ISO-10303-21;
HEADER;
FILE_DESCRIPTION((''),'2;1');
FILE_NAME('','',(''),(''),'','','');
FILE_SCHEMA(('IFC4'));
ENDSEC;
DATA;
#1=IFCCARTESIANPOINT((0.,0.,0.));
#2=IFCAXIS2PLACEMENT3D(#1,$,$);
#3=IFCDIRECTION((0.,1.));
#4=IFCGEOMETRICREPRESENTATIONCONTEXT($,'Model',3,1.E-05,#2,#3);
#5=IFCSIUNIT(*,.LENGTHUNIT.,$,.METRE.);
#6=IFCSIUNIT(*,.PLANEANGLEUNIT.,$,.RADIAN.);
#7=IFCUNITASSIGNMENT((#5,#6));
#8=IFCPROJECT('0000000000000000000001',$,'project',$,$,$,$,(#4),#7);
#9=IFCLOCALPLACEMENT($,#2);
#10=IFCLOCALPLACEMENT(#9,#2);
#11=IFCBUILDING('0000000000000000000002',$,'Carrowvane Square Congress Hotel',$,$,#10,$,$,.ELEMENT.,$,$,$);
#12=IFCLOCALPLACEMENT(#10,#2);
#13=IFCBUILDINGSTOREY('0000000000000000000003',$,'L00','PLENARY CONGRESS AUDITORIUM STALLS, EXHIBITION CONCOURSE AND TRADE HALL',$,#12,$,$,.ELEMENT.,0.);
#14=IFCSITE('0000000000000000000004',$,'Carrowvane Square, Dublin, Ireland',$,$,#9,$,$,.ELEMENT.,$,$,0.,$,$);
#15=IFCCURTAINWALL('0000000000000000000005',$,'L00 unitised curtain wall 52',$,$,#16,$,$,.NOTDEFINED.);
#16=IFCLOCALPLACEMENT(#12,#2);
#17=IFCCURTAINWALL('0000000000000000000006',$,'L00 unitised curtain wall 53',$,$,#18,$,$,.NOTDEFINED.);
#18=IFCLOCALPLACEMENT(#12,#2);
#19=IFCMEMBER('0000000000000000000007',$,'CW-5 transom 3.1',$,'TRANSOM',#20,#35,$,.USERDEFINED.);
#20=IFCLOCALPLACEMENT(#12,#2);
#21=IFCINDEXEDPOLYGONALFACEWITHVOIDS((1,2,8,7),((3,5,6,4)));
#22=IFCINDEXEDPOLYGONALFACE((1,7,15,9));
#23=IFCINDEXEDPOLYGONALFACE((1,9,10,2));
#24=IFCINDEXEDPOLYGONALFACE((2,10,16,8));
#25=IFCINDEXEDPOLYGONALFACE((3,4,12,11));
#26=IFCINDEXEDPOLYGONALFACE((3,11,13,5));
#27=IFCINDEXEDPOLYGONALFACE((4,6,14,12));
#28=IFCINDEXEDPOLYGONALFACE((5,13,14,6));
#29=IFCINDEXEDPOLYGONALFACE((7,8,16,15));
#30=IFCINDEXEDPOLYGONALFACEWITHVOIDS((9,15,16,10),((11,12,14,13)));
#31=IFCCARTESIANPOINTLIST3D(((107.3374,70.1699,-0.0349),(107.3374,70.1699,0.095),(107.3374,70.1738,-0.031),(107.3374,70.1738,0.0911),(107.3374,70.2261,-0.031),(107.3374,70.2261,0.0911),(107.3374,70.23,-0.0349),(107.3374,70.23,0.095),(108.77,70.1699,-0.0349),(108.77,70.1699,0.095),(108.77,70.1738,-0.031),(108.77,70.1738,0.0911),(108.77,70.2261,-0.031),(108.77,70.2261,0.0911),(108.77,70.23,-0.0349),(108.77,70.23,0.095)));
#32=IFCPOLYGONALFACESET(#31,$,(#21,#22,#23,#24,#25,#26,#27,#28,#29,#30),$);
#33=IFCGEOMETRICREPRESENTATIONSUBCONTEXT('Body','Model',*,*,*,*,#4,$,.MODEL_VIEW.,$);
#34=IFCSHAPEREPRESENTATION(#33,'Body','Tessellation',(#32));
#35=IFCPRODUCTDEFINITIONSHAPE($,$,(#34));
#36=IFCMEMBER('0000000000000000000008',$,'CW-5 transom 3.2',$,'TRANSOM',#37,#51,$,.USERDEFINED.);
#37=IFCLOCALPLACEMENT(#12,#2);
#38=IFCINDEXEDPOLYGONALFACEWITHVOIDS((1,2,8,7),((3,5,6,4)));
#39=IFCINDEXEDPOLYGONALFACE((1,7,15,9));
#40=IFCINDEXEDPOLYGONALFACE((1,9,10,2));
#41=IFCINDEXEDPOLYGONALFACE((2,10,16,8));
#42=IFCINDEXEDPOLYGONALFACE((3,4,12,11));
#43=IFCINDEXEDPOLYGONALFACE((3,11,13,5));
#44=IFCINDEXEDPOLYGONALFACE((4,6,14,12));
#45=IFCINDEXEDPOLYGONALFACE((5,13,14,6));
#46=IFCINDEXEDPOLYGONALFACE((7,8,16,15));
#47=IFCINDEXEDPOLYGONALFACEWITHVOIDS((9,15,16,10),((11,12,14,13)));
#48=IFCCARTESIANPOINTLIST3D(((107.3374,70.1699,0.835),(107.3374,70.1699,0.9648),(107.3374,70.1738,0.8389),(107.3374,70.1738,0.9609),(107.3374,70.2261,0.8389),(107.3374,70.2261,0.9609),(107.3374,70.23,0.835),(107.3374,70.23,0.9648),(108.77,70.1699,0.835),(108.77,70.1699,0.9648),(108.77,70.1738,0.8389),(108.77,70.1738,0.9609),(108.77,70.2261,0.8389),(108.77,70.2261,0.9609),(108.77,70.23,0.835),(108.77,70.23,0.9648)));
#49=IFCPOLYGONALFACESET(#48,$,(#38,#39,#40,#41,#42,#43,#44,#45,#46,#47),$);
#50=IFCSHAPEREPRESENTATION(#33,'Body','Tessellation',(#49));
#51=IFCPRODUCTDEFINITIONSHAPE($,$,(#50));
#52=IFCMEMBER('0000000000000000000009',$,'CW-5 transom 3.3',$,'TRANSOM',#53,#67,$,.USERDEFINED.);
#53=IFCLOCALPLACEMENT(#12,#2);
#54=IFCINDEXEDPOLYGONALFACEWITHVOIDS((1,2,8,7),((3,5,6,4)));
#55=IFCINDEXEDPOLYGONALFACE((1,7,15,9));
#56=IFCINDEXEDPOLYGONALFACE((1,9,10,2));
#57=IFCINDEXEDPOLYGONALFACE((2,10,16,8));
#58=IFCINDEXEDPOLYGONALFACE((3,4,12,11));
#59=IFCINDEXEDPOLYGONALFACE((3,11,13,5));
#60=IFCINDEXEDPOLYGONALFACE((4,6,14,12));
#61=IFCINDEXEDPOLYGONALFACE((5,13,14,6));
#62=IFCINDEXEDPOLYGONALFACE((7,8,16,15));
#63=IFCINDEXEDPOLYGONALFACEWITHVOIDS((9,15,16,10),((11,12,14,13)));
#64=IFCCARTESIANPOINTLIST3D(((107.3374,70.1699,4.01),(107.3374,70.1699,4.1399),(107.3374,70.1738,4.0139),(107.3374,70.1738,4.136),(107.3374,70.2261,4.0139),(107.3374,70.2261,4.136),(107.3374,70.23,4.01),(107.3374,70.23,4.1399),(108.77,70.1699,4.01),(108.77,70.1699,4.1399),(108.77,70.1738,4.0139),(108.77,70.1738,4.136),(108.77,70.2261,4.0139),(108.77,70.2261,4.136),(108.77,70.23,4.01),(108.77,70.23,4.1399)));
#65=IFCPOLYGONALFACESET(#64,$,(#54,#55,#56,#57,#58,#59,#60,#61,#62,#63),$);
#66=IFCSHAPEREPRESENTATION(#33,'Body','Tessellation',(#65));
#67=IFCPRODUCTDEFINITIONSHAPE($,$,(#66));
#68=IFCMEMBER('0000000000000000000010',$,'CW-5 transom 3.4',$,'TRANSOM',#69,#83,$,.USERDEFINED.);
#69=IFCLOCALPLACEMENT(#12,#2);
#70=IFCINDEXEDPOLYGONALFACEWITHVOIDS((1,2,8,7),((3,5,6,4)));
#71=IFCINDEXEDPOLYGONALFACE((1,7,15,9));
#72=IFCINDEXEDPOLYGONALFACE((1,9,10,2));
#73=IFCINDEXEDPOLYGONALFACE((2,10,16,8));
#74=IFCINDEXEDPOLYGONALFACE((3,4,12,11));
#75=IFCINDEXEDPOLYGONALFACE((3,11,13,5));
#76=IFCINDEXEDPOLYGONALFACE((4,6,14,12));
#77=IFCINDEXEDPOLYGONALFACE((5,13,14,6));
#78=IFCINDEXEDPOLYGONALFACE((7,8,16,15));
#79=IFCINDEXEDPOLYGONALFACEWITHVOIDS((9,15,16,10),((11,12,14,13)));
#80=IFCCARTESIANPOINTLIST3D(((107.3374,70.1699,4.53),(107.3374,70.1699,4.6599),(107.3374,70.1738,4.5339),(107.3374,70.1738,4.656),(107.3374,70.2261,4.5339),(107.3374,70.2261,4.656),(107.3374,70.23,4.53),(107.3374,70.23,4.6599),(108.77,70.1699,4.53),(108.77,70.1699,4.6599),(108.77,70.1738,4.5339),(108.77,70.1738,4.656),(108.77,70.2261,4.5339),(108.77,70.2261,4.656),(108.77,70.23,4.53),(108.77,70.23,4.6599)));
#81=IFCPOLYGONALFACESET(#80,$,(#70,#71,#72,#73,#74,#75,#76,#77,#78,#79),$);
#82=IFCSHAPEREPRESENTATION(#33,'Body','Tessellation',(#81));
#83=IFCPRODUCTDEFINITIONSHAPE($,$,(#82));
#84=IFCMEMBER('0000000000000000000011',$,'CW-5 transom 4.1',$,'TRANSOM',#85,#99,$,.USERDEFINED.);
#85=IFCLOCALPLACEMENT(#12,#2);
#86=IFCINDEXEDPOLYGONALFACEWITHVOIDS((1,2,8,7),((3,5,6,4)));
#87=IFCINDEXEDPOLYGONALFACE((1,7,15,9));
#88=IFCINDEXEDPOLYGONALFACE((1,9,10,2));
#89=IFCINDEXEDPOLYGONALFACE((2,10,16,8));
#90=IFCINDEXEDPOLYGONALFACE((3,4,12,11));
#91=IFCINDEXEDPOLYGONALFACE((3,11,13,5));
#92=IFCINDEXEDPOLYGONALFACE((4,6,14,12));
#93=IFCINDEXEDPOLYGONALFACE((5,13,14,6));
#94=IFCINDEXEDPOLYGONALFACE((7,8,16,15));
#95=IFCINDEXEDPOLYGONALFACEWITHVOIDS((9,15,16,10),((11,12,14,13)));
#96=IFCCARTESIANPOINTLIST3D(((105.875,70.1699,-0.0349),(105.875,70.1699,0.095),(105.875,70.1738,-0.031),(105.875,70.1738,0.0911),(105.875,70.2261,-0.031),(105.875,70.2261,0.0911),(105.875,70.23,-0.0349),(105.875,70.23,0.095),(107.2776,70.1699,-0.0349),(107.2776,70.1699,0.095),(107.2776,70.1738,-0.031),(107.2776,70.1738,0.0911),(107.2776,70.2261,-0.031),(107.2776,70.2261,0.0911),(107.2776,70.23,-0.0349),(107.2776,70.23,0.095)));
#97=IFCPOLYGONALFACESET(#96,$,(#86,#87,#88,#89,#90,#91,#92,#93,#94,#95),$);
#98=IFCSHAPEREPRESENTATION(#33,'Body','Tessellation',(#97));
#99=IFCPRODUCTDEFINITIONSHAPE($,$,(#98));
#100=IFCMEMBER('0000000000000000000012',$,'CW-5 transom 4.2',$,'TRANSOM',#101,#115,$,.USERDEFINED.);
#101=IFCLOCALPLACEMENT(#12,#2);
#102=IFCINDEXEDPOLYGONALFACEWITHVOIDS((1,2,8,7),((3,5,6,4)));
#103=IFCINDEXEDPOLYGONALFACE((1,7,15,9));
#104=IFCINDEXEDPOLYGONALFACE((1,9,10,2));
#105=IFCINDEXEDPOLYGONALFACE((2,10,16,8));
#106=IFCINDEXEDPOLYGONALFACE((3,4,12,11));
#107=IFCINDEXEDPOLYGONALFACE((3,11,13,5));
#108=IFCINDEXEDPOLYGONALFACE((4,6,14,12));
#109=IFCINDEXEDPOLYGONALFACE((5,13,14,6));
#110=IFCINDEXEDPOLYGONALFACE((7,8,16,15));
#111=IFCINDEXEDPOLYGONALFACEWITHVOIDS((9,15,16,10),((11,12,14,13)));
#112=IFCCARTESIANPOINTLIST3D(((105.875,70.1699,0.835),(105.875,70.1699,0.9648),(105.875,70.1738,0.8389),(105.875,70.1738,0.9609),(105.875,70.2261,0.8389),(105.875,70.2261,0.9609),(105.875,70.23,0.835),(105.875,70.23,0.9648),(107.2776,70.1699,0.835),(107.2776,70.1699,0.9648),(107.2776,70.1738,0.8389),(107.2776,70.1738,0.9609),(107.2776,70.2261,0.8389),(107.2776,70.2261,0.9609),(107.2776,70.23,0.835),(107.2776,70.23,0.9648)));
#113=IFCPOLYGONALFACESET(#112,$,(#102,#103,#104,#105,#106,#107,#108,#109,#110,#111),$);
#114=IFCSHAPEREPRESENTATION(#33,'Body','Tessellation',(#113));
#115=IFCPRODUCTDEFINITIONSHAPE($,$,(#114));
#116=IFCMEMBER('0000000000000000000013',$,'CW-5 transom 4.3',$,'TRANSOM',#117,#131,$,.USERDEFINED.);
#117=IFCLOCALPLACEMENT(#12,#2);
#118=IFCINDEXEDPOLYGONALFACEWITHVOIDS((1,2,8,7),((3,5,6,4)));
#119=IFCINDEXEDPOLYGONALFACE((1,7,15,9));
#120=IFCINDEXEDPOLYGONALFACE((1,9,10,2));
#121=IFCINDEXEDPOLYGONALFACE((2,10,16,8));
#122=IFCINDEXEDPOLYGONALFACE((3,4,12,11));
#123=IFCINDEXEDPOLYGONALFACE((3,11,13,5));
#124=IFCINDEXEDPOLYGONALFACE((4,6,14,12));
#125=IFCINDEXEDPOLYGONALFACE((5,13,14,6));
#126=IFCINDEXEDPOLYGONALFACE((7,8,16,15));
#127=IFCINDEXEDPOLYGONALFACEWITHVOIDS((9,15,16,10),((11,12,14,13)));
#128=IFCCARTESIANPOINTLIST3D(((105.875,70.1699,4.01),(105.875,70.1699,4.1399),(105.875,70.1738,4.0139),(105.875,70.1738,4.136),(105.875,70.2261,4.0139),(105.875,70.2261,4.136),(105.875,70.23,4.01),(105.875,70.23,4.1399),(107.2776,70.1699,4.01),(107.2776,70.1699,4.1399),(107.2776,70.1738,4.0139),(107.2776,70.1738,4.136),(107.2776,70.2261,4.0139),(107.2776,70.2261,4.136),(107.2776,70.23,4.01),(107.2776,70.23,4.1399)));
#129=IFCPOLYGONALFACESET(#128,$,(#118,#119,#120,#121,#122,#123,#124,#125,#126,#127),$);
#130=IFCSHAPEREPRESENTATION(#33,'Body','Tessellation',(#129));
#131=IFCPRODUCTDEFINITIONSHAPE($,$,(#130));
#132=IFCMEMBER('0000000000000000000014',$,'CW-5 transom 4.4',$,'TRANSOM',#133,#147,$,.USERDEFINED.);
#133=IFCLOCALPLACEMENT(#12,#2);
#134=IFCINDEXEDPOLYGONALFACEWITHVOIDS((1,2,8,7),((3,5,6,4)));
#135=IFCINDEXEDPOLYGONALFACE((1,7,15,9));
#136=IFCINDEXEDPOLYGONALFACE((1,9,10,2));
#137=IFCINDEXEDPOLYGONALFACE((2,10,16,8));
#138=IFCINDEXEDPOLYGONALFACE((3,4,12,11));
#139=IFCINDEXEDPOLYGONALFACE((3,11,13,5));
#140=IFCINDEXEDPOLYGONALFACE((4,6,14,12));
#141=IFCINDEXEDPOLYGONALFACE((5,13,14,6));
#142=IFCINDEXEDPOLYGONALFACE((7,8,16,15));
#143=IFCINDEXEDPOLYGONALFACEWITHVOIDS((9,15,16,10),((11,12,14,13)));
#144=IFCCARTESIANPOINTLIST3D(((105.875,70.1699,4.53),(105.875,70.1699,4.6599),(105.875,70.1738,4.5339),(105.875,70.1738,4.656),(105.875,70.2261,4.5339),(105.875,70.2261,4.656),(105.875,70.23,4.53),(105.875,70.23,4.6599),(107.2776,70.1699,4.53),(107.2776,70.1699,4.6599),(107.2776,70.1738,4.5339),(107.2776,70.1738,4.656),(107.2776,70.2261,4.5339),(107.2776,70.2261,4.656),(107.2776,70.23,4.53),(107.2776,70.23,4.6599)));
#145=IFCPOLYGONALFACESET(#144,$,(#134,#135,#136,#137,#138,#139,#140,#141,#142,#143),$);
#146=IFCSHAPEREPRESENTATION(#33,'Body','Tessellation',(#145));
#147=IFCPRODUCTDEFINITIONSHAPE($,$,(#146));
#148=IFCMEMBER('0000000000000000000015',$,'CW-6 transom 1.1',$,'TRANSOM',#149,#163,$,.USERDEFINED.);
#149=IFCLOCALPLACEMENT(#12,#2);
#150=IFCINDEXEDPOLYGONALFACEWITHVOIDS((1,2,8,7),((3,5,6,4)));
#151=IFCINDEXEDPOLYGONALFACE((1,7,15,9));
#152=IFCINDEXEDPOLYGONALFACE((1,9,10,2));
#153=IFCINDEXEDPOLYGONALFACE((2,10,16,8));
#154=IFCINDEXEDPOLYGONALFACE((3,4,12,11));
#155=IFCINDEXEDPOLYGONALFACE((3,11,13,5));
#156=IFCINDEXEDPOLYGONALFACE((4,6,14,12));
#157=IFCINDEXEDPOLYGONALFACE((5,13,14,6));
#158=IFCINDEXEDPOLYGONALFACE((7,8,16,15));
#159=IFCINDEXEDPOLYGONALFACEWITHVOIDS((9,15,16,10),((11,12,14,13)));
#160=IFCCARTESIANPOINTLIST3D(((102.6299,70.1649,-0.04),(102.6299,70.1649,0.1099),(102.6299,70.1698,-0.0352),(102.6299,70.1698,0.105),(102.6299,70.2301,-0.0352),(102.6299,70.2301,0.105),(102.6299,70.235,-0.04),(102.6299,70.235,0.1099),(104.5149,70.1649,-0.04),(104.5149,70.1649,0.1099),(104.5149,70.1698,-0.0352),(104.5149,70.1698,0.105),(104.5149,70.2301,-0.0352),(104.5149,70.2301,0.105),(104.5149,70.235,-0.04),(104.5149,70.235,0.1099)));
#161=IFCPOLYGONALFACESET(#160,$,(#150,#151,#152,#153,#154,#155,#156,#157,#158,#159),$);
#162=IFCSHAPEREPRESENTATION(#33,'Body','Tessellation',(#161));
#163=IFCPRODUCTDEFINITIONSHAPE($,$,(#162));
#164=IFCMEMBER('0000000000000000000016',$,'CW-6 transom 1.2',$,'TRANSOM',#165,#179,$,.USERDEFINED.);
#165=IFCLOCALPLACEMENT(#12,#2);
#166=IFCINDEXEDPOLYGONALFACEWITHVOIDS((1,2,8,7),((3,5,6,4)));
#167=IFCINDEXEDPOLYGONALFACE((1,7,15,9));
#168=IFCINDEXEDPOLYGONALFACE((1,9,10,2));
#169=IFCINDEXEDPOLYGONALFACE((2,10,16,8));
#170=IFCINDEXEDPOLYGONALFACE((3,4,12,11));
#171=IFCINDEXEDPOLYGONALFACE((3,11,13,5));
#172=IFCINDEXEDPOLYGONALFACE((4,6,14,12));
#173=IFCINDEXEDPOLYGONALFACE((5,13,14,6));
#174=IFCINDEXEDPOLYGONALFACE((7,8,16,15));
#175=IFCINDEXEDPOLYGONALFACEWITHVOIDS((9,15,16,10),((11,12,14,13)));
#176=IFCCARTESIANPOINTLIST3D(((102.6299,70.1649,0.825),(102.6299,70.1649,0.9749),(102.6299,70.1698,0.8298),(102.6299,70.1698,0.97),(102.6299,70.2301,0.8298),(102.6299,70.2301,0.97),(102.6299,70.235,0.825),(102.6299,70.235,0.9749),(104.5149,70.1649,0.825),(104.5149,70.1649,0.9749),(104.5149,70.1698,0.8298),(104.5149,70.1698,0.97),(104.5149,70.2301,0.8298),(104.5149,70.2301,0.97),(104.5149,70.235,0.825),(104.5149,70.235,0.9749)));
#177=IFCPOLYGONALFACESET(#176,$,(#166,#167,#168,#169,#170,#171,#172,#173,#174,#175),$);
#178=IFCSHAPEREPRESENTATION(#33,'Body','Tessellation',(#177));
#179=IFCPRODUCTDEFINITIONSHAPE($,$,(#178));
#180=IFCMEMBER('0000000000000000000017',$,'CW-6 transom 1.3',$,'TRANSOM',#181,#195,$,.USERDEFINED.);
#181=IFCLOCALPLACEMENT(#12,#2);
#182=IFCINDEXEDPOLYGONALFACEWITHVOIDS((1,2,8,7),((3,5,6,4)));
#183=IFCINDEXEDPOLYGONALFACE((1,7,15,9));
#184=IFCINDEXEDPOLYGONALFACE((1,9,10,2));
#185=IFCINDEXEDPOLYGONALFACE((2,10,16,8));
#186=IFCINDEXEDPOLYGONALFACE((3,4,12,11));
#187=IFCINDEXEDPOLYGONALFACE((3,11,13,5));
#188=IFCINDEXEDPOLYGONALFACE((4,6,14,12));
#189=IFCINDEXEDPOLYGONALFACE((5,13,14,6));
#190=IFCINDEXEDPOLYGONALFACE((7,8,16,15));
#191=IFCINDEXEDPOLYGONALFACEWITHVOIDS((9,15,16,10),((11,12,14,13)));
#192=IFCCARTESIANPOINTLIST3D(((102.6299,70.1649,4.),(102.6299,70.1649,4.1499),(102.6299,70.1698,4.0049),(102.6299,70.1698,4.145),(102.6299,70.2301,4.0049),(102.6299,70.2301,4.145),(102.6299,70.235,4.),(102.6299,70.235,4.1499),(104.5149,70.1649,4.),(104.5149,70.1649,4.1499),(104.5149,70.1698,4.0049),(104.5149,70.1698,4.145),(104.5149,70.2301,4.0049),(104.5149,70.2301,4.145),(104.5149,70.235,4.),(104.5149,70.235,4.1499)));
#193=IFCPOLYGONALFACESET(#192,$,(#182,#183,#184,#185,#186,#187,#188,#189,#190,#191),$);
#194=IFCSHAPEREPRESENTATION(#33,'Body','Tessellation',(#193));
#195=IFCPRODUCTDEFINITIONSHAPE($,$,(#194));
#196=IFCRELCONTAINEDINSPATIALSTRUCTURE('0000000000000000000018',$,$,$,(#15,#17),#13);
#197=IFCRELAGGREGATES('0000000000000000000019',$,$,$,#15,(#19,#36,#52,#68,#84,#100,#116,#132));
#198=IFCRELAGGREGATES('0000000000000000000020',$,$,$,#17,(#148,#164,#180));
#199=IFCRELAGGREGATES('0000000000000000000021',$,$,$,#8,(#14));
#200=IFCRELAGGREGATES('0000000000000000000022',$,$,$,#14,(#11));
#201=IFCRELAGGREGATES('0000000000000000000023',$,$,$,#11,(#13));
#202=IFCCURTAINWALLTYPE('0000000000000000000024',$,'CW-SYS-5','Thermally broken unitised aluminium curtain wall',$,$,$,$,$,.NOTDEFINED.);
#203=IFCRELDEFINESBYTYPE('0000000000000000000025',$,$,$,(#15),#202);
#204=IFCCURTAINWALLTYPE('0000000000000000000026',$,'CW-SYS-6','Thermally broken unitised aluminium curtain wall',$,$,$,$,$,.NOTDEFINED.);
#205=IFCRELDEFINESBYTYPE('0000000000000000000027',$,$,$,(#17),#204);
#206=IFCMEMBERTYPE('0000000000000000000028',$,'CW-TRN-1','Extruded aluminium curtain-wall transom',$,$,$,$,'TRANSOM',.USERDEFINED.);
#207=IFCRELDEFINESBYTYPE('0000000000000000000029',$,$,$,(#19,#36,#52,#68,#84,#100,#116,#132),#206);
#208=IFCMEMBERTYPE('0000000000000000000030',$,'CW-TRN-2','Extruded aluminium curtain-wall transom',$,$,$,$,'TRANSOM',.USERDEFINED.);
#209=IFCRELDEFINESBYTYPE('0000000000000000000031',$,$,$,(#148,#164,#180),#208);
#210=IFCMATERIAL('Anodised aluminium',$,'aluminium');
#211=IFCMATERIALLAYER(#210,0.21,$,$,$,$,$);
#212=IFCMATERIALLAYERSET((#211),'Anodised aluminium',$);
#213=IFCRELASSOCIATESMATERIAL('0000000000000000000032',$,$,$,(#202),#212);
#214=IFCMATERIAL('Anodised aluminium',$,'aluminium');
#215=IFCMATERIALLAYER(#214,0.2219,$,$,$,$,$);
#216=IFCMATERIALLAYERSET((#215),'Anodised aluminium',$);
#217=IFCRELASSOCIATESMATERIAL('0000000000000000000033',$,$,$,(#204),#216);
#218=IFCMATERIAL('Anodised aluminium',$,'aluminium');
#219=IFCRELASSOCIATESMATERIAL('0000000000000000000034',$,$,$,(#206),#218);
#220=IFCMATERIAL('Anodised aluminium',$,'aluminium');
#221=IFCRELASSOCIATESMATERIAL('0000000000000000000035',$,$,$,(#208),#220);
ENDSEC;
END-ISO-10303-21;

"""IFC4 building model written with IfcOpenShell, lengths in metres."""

from ifc_helpers import new_model, si_unit, direction, frame, origin, origin_2d, place, context, subcontext, project, spatial, hollow_rectangle, extrude, material, layer, layer_set, material_profile, profile_set, type_object, element, aggregate, save


model = new_model("IFC4")

# Units and contexts
model_context = context("Model", 3, precision=1e-05, world=origin(), true_north=direction((0.0, 1.0)))
body_context = subcontext(model_context, "Body", "Model", "MODEL_VIEW")
ifc_project = project(units=[si_unit("LENGTHUNIT", "METRE"), si_unit("PLANEANGLEUNIT", "RADIAN")], contexts=[model_context])

# Site, building, storey
site_placement = place(None, origin())
site = spatial("IfcSite", under=ifc_project, at=site_placement, Name="Carrowvane Square, Dublin, Ireland", CompositionType="ELEMENT", RefElevation=0.0)
building_placement = place(site_placement, origin())
building = spatial("IfcBuilding", under=site, at=building_placement, Name="Carrowvane Square Congress Hotel", CompositionType="ELEMENT")
storey_placement = place(building_placement, origin())
storey = spatial("IfcBuildingStorey", under=building, at=storey_placement, Name="L00", Description="PLENARY CONGRESS AUDITORIUM STALLS, EXHIBITION CONCOURSE AND TRADE HALL", CompositionType="ELEMENT", Elevation=0.0)

# Curtain walls
ifc_material_1 = material(Name="Anodised aluminium", Category="aluminium")
ifc_layer_1 = layer(ifc_material_1, 0.21)
ifc_layer_set_1 = layer_set([ifc_layer_1], Name="Anodised aluminium")
curtain_wall_type_1 = type_object("IfcCurtainWallType", Name="CW-SYS-5", Description="Thermally broken unitised aluminium curtain wall", PredefinedType="NOTDEFINED", material=ifc_layer_set_1)
curtain_wall_1_placement = place(storey_placement, origin())
curtain_wall_1 = element("IfcCurtainWall", 1, at=curtain_wall_1_placement, inside=storey, type_object=curtain_wall_type_1, Name="L00 unitised curtain wall 52", PredefinedType="NOTDEFINED")
ifc_material_2 = material(Name="Anodised aluminium", Category="aluminium")
ifc_layer_2 = layer(ifc_material_2, 0.2219)
ifc_layer_set_2 = layer_set([ifc_layer_2], Name="Anodised aluminium")
curtain_wall_type_2 = type_object("IfcCurtainWallType", Name="CW-SYS-6", Description="Thermally broken unitised aluminium curtain wall", PredefinedType="NOTDEFINED", material=ifc_layer_set_2)
curtain_wall_2_placement = place(storey_placement, origin())
curtain_wall_2 = element("IfcCurtainWall", 2, at=curtain_wall_2_placement, inside=storey, type_object=curtain_wall_type_2, Name="L00 unitised curtain wall 53", PredefinedType="NOTDEFINED")

# Members
ifc_material_3 = material(Name="Anodised aluminium", Category="aluminium")
ifc_material_profile_1 = material_profile(ifc_material_3, hollow_rectangle(XDim=0.0601, YDim=0.1299, WallThickness=0.0039, at=origin_2d()), Name="CW-TR 60x130x4")
ifc_profile_set_1 = profile_set([ifc_material_profile_1], Name="Anodised aluminium")
member_type_1 = type_object("IfcMemberType", Name="CW-TRN-1", Description="Extruded aluminium curtain-wall transom", ElementType="TRANSOM", PredefinedType="USERDEFINED", material=ifc_profile_set_1)
member_1_placement = place(storey_placement, frame((108.77, 70.2, 0.03), z_axis=(-1.0, 0.0, 0.0), x_axis=(0.0, -1.0, 0.0)))
member_1 = element("IfcMember", 3, at=member_1_placement, type_object=member_type_1, Name="CW-5 transom 3.1", ObjectType="TRANSOM", PredefinedType="USERDEFINED", context=body_context, shape_type="SweptSolid", body=[
    extrude(hollow_rectangle(XDim=0.0601, YDim=0.1299, WallThickness=0.0039, at=origin_2d()), origin(), (0.0, 0.0, 1.0), 1.4326),
])
member_2_placement = place(storey_placement, frame((108.77, 70.2, 0.8999), z_axis=(-1.0, 0.0, 0.0), x_axis=(0.0, -1.0, 0.0)))
member_2 = element("IfcMember", 4, at=member_2_placement, type_object=member_type_1, Name="CW-5 transom 3.2", ObjectType="TRANSOM", PredefinedType="USERDEFINED", context=body_context, shape_type="SweptSolid", body=[
    extrude(hollow_rectangle(XDim=0.0601, YDim=0.1299, WallThickness=0.0039, at=origin_2d()), origin(), (0.0, 0.0, 1.0), 1.4326),
])
member_3_placement = place(storey_placement, frame((108.77, 70.2, 4.075), z_axis=(-1.0, 0.0, 0.0), x_axis=(0.0, -1.0, 0.0)))
member_3 = element("IfcMember", 5, at=member_3_placement, type_object=member_type_1, Name="CW-5 transom 3.3", ObjectType="TRANSOM", PredefinedType="USERDEFINED", context=body_context, shape_type="SweptSolid", body=[
    extrude(hollow_rectangle(XDim=0.0601, YDim=0.1299, WallThickness=0.0039, at=origin_2d()), origin(), (0.0, 0.0, 1.0), 1.4326),
])
member_4_placement = place(storey_placement, frame((108.77, 70.2, 4.595), z_axis=(-1.0, 0.0, 0.0), x_axis=(0.0, -1.0, 0.0)))
member_4 = element("IfcMember", 6, at=member_4_placement, type_object=member_type_1, Name="CW-5 transom 3.4", ObjectType="TRANSOM", PredefinedType="USERDEFINED", context=body_context, shape_type="SweptSolid", body=[
    extrude(hollow_rectangle(XDim=0.0601, YDim=0.1299, WallThickness=0.0039, at=origin_2d()), origin(), (0.0, 0.0, 1.0), 1.4326),
])
member_5_placement = place(storey_placement, frame((107.2776, 70.2, 0.03), z_axis=(-1.0, 0.0, 0.0), x_axis=(0.0, -1.0, 0.0)))
member_5 = element("IfcMember", 7, at=member_5_placement, type_object=member_type_1, Name="CW-5 transom 4.1", ObjectType="TRANSOM", PredefinedType="USERDEFINED", context=body_context, shape_type="SweptSolid", body=[
    extrude(hollow_rectangle(XDim=0.0601, YDim=0.1299, WallThickness=0.0039, at=origin_2d()), origin(), (0.0, 0.0, 1.0), 1.4026),
])
member_6_placement = place(storey_placement, frame((107.2776, 70.2, 0.8999), z_axis=(-1.0, 0.0, 0.0), x_axis=(0.0, -1.0, 0.0)))
member_6 = element("IfcMember", 8, at=member_6_placement, type_object=member_type_1, Name="CW-5 transom 4.2", ObjectType="TRANSOM", PredefinedType="USERDEFINED", context=body_context, shape_type="SweptSolid", body=[
    extrude(hollow_rectangle(XDim=0.0601, YDim=0.1299, WallThickness=0.0039, at=origin_2d()), origin(), (0.0, 0.0, 1.0), 1.4026),
])
member_7_placement = place(storey_placement, frame((107.2776, 70.2, 4.075), z_axis=(-1.0, 0.0, 0.0), x_axis=(0.0, -1.0, 0.0)))
member_7 = element("IfcMember", 9, at=member_7_placement, type_object=member_type_1, Name="CW-5 transom 4.3", ObjectType="TRANSOM", PredefinedType="USERDEFINED", context=body_context, shape_type="SweptSolid", body=[
    extrude(hollow_rectangle(XDim=0.0601, YDim=0.1299, WallThickness=0.0039, at=origin_2d()), origin(), (0.0, 0.0, 1.0), 1.4026),
])
member_8_placement = place(storey_placement, frame((107.2776, 70.2, 4.595), z_axis=(-1.0, 0.0, 0.0), x_axis=(0.0, -1.0, 0.0)))
member_8 = element("IfcMember", 10, at=member_8_placement, type_object=member_type_1, Name="CW-5 transom 4.4", ObjectType="TRANSOM", PredefinedType="USERDEFINED", context=body_context, shape_type="SweptSolid", body=[
    extrude(hollow_rectangle(XDim=0.0601, YDim=0.1299, WallThickness=0.0039, at=origin_2d()), origin(), (0.0, 0.0, 1.0), 1.4026),
])
ifc_material_4 = material(Name="Anodised aluminium", Category="aluminium")
ifc_material_profile_2 = material_profile(ifc_material_4, hollow_rectangle(XDim=0.0701, YDim=0.1499, WallThickness=0.0049, at=origin_2d()), Name="CW-TR 70x150x5")
ifc_profile_set_2 = profile_set([ifc_material_profile_2], Name="Anodised aluminium")
member_type_2 = type_object("IfcMemberType", Name="CW-TRN-2", Description="Extruded aluminium curtain-wall transom", ElementType="TRANSOM", PredefinedType="USERDEFINED", material=ifc_profile_set_2)
member_9_placement = place(storey_placement, frame((104.5149, 70.2, 0.0349), z_axis=(-1.0, 0.0, 0.0), x_axis=(0.0, -1.0, 0.0)))
member_9 = element("IfcMember", 11, at=member_9_placement, type_object=member_type_2, Name="CW-6 transom 1.1", ObjectType="TRANSOM", PredefinedType="USERDEFINED", context=body_context, shape_type="SweptSolid", body=[
    extrude(hollow_rectangle(XDim=0.0701, YDim=0.1499, WallThickness=0.0049, at=origin_2d()), origin(), (0.0, 0.0, 1.0), 1.885),
])
member_10_placement = place(storey_placement, frame((104.5149, 70.2, 0.8999), z_axis=(-1.0, 0.0, 0.0), x_axis=(0.0, -1.0, 0.0)))
member_10 = element("IfcMember", 12, at=member_10_placement, type_object=member_type_2, Name="CW-6 transom 1.2", ObjectType="TRANSOM", PredefinedType="USERDEFINED", context=body_context, shape_type="SweptSolid", body=[
    extrude(hollow_rectangle(XDim=0.0701, YDim=0.1499, WallThickness=0.0049, at=origin_2d()), origin(), (0.0, 0.0, 1.0), 1.885),
])
member_11_placement = place(storey_placement, frame((104.5149, 70.2, 4.075), z_axis=(-1.0, 0.0, 0.0), x_axis=(0.0, -1.0, 0.0)))
member_11 = element("IfcMember", 13, at=member_11_placement, type_object=member_type_2, Name="CW-6 transom 1.3", ObjectType="TRANSOM", PredefinedType="USERDEFINED", context=body_context, shape_type="SweptSolid", body=[
    extrude(hollow_rectangle(XDim=0.0701, YDim=0.1499, WallThickness=0.0049, at=origin_2d()), origin(), (0.0, 0.0, 1.0), 1.885),
])

aggregate(curtain_wall_1, [member_1, member_2, member_3, member_4, member_5, member_6, member_7, member_8])
aggregate(curtain_wall_2, [member_9, member_10, member_11])

save(model, "model.ifc")
